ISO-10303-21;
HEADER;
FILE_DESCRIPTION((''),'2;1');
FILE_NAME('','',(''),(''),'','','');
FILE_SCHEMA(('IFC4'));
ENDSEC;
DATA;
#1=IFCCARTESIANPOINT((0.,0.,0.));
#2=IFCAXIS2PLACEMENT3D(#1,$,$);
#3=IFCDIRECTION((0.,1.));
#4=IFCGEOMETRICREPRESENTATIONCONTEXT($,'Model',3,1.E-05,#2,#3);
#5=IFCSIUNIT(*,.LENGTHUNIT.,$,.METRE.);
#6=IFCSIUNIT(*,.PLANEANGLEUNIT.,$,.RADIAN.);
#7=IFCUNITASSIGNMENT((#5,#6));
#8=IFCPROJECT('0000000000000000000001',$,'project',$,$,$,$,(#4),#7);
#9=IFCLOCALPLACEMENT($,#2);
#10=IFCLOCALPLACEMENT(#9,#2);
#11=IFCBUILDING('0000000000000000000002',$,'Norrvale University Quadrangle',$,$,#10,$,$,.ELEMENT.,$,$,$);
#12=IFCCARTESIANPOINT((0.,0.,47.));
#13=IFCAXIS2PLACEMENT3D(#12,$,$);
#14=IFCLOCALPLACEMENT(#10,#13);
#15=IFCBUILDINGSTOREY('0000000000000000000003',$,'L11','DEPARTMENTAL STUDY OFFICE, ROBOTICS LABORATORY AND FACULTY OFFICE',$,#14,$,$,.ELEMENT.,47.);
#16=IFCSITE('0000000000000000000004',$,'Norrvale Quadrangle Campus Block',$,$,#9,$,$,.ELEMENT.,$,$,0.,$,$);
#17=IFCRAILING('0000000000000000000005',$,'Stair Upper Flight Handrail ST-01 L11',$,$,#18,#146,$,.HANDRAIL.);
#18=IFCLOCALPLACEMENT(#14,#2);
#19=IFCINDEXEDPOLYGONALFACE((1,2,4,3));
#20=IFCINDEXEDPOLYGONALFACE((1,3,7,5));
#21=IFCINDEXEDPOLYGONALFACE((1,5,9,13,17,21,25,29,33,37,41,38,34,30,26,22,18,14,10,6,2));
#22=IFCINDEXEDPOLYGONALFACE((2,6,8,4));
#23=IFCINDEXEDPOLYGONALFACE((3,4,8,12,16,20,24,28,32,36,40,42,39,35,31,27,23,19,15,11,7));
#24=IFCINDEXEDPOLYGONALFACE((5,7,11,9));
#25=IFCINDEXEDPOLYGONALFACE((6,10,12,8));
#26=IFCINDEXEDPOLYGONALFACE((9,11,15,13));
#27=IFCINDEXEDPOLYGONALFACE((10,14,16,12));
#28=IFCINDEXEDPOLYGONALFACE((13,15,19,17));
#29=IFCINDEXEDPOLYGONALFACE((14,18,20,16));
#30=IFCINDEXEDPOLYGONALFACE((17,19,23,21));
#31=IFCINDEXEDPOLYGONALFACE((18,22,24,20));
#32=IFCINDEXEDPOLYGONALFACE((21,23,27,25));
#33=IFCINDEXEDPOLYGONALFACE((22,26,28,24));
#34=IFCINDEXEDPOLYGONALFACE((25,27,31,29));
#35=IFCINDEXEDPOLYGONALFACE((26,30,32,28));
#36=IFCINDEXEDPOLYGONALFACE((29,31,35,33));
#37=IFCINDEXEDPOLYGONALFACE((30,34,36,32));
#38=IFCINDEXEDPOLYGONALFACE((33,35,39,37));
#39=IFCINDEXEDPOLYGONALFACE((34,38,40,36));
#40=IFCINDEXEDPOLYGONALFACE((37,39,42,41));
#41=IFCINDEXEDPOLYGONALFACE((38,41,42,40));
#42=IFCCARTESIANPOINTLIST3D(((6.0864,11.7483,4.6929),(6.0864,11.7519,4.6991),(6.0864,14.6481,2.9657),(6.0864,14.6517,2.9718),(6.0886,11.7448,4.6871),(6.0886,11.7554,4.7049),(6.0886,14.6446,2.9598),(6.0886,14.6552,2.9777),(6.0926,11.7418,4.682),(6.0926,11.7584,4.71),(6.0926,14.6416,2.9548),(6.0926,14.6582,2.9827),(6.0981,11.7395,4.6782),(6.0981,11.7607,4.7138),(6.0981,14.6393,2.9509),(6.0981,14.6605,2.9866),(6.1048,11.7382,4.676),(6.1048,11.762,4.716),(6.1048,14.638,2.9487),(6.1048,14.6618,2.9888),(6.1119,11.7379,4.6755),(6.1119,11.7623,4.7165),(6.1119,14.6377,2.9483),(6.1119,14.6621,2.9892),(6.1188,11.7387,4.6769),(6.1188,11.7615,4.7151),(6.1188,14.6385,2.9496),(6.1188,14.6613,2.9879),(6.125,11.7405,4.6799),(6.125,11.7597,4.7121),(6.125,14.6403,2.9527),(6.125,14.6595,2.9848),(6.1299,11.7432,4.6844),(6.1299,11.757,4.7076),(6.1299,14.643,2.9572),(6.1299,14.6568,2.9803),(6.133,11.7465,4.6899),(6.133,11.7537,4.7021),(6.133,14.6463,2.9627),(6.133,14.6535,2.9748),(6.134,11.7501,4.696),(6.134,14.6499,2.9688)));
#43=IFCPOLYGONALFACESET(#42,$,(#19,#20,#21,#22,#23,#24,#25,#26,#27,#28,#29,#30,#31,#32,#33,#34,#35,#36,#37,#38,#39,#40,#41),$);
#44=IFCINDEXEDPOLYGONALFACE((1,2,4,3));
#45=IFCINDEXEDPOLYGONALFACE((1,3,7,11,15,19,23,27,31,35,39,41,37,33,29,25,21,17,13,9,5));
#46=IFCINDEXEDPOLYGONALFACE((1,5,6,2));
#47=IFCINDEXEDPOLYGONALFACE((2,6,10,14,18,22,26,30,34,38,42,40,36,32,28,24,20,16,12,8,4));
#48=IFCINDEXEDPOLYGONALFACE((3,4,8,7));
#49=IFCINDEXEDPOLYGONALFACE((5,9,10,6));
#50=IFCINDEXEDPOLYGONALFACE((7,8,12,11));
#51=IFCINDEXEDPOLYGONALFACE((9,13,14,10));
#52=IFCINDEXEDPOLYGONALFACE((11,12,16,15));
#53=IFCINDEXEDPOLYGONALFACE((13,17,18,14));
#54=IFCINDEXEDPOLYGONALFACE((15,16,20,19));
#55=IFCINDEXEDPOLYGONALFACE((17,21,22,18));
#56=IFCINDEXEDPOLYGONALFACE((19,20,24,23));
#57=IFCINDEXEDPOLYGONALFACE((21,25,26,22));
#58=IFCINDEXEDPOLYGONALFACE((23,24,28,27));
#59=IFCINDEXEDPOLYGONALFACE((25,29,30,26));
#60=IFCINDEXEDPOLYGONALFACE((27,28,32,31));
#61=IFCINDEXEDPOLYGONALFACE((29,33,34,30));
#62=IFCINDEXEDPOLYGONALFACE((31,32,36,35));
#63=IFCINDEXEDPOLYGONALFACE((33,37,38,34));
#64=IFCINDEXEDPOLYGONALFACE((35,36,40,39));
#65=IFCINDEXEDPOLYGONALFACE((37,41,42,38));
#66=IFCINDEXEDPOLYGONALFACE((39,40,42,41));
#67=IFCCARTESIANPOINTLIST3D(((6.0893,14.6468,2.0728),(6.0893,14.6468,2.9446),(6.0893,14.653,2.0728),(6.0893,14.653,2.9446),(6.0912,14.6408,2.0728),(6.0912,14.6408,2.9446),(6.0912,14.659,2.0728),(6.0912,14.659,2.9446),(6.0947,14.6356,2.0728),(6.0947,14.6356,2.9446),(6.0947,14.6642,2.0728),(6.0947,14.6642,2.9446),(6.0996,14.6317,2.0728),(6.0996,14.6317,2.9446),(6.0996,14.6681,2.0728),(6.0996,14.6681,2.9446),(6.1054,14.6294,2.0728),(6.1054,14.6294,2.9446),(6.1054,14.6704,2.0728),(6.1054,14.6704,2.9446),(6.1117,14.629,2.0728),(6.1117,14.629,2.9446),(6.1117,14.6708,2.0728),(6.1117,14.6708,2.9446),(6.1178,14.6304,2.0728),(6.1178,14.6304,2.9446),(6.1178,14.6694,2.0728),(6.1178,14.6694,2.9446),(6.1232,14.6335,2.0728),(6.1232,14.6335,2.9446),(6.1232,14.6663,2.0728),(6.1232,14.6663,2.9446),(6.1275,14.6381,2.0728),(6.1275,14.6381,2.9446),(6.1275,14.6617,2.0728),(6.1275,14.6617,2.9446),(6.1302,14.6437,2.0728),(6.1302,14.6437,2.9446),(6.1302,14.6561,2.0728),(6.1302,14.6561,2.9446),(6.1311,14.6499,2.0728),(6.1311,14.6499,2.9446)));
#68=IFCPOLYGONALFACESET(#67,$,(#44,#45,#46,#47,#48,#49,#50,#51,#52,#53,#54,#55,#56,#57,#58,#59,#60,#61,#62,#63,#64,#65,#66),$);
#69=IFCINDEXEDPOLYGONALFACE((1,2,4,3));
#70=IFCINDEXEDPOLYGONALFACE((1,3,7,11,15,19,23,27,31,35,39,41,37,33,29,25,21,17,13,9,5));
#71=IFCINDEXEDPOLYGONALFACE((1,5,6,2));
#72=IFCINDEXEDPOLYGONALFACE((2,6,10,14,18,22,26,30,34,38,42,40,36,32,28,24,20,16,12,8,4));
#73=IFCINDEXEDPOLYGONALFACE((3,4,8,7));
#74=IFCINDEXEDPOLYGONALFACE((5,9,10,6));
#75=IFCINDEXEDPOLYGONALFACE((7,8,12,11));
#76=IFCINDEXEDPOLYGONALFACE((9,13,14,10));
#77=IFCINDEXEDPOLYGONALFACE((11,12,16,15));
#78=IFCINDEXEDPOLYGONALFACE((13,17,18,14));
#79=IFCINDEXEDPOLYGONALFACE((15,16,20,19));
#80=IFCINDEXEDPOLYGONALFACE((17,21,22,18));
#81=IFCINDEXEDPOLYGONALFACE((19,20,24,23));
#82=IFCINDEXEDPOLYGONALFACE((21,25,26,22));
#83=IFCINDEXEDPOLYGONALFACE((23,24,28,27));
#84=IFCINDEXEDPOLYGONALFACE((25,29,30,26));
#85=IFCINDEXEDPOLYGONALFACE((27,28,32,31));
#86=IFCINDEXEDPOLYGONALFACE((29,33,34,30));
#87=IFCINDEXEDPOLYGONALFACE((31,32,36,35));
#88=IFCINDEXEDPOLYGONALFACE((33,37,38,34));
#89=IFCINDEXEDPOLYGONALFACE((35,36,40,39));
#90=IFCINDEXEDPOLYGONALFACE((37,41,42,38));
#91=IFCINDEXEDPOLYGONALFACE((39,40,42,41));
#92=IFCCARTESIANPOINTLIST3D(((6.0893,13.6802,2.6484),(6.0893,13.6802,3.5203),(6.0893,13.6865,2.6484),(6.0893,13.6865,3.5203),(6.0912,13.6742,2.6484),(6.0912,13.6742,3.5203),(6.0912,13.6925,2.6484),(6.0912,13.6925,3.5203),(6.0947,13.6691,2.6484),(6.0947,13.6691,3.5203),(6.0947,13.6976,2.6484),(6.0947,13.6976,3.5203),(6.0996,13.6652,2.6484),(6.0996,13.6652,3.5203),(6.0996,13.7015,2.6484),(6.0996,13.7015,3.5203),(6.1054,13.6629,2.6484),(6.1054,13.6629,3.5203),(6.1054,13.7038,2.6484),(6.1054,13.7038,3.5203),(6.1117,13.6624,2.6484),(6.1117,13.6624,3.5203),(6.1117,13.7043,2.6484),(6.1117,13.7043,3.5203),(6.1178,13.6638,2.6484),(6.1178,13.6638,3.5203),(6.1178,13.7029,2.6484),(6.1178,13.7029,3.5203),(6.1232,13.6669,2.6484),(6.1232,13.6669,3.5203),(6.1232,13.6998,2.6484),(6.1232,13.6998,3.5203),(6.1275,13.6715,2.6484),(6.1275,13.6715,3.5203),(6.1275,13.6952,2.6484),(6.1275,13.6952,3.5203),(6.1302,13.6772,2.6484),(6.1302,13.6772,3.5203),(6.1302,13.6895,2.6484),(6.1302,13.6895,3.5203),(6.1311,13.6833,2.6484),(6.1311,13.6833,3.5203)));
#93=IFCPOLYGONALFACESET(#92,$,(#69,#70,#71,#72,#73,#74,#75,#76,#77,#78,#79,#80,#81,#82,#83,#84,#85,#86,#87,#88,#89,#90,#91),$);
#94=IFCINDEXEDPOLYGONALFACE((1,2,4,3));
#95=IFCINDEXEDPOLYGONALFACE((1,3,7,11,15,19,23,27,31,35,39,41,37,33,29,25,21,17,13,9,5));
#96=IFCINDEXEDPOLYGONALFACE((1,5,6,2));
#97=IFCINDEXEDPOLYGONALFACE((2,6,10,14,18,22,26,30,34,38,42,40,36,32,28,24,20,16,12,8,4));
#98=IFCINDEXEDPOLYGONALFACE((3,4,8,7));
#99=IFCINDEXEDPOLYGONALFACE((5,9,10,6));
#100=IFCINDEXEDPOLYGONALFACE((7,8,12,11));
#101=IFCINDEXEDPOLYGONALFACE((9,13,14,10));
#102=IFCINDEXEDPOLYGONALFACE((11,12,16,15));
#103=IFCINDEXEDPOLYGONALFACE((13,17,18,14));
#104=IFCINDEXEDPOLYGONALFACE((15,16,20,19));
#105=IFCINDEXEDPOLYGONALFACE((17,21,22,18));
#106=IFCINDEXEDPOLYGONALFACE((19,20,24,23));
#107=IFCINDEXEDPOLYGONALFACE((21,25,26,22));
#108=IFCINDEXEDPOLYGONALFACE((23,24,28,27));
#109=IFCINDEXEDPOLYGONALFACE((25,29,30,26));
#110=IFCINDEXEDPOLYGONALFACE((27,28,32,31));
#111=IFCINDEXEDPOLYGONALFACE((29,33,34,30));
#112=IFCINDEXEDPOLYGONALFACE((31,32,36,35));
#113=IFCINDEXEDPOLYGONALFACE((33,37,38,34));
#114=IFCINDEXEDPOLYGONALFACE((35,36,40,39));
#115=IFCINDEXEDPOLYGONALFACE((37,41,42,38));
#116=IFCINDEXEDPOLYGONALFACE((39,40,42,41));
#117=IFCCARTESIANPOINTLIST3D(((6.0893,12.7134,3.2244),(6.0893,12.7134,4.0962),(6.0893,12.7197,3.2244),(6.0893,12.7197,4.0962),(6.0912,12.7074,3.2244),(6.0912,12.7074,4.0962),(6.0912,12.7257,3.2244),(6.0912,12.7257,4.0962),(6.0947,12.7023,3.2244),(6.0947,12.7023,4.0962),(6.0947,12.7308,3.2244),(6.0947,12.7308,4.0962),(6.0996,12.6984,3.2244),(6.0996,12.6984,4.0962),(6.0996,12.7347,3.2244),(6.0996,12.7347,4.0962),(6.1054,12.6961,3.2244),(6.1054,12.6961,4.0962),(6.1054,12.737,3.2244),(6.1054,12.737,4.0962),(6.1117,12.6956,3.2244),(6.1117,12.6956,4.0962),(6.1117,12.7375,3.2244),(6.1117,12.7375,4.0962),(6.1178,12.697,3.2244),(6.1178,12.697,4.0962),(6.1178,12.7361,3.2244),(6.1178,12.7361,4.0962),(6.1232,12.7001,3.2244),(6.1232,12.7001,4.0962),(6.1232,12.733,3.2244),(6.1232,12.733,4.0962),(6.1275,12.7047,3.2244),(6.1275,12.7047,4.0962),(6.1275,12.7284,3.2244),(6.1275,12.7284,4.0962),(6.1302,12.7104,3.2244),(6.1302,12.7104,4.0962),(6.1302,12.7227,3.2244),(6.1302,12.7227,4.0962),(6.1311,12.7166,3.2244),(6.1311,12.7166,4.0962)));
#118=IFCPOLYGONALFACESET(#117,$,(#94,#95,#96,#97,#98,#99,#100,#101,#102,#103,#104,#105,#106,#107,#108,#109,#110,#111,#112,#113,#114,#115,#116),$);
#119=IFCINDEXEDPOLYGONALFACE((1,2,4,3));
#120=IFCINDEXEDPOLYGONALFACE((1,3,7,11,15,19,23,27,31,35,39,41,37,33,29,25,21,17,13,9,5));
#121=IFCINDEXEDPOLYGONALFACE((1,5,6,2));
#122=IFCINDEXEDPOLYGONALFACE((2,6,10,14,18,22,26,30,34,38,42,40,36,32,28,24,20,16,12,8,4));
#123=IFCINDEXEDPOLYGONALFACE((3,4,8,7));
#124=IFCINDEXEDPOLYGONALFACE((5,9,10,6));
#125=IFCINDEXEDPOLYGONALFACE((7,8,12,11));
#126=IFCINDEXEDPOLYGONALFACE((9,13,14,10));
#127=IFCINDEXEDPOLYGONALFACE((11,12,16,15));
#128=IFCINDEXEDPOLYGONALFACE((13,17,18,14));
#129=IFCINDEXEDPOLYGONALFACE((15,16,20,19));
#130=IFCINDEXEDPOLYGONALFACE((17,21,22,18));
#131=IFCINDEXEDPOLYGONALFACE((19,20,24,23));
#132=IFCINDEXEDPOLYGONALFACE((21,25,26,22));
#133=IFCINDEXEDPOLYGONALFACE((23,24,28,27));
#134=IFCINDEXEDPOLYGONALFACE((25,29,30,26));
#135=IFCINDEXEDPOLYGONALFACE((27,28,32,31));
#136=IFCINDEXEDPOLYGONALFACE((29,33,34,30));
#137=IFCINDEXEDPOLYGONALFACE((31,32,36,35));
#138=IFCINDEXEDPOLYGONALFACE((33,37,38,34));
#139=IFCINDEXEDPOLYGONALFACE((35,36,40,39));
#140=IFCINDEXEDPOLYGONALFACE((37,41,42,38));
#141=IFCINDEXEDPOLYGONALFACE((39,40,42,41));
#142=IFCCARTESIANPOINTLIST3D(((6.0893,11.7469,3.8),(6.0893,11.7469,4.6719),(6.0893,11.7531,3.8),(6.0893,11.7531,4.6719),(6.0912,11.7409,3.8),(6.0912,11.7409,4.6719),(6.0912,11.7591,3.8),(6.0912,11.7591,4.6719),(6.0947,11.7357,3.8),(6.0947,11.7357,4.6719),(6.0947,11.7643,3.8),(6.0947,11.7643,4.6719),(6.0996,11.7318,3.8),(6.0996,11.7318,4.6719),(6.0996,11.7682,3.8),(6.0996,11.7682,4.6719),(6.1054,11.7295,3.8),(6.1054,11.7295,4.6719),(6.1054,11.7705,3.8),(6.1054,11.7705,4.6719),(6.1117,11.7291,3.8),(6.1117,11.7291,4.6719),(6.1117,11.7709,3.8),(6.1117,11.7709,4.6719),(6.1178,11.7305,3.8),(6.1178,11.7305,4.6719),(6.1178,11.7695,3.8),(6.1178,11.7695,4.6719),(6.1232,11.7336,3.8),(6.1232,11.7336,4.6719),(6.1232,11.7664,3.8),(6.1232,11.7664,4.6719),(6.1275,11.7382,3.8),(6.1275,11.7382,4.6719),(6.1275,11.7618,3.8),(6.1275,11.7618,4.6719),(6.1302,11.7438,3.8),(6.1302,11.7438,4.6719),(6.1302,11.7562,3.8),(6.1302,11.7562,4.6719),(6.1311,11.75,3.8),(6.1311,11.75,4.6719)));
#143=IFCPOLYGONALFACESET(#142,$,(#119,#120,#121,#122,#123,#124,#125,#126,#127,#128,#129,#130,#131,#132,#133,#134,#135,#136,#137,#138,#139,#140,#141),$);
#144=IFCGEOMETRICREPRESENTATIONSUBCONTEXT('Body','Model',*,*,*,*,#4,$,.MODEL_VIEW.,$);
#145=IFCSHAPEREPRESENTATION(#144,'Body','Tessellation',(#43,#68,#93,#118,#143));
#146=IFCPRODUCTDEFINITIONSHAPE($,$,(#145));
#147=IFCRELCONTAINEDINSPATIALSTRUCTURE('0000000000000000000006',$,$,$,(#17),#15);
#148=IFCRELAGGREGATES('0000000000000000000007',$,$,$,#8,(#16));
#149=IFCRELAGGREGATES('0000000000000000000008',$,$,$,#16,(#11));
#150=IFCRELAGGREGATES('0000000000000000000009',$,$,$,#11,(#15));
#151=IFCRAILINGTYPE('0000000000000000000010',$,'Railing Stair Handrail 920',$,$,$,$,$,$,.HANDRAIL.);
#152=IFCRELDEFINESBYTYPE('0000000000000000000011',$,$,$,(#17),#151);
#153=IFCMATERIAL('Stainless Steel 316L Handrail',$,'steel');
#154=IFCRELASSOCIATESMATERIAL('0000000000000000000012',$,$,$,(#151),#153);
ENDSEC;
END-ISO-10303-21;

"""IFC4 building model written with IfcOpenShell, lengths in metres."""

from ifc_helpers import new_model, si_unit, direction, frame, origin, origin_2d, place, context, subcontext, project, spatial, circle, extrude, material, type_object, element, save


model = new_model("IFC4")

# Units and contexts
model_context = context("Model", 3, precision=1e-05, world=origin(), true_north=direction((0.0, 1.0)))
body_context = subcontext(model_context, "Body", "Model", "MODEL_VIEW")
ifc_project = project(units=[si_unit("LENGTHUNIT", "METRE"), si_unit("PLANEANGLEUNIT", "RADIAN")], contexts=[model_context])

# Site, building, storey
site_placement = place(None, origin())
site = spatial("IfcSite", under=ifc_project, at=site_placement, Name="Norrvale Quadrangle Campus Block", CompositionType="ELEMENT", RefElevation=0.0)
building_placement = place(site_placement, origin())
building = spatial("IfcBuilding", under=site, at=building_placement, Name="Norrvale University Quadrangle", CompositionType="ELEMENT")
storey_placement = place(building_placement, frame((0.0, 0.0, 47.0)))
storey = spatial("IfcBuildingStorey", under=building, at=storey_placement, Name="L11", Description="DEPARTMENTAL STUDY OFFICE, ROBOTICS LABORATORY AND FACULTY OFFICE", CompositionType="ELEMENT", Elevation=47.0)

# Railing
ifc_material_1 = material(Name="Stainless Steel 316L Handrail", Category="steel")
railing_type_1 = type_object("IfcRailingType", Name="Railing Stair Handrail 920", PredefinedType="HANDRAIL", material=ifc_material_1)
railing_1_placement = place(storey_placement, frame((6.1101, 14.6499, 2.0728)))
element("IfcRailing", 1, at=railing_1_placement, inside=storey, type_object=railing_type_1, Name="Stair Upper Flight Handrail ST-01 L11", PredefinedType="HANDRAIL", context=body_context, shape_type="SweptSolid", body=[
    extrude(circle(Radius=0.0239, at=origin_2d()), frame((0.0, 0.0, 0.896), z_axis=(0.0, -0.859141, 0.511738), x_axis=(1.0, 0.0, 0.0)), (0.0, 0.0, 1.0), 3.3752),
    extrude(circle(Radius=0.021, at=origin_2d()), origin(), (0.0, 0.0, 1.0), 0.8718),
    extrude(circle(Radius=0.021, at=origin_2d()), frame((0.0, -0.9666, 0.5757)), (0.0, 0.0, 1.0), 0.8718),
    extrude(circle(Radius=0.021, at=origin_2d()), frame((0.0, -1.9333, 1.1516)), (0.0, 0.0, 1.0), 0.8718),
    extrude(circle(Radius=0.021, at=origin_2d()), frame((0.0, -2.8999, 1.7273)), (0.0, 0.0, 1.0), 0.8718),
])

save(model, "model.ifc")
